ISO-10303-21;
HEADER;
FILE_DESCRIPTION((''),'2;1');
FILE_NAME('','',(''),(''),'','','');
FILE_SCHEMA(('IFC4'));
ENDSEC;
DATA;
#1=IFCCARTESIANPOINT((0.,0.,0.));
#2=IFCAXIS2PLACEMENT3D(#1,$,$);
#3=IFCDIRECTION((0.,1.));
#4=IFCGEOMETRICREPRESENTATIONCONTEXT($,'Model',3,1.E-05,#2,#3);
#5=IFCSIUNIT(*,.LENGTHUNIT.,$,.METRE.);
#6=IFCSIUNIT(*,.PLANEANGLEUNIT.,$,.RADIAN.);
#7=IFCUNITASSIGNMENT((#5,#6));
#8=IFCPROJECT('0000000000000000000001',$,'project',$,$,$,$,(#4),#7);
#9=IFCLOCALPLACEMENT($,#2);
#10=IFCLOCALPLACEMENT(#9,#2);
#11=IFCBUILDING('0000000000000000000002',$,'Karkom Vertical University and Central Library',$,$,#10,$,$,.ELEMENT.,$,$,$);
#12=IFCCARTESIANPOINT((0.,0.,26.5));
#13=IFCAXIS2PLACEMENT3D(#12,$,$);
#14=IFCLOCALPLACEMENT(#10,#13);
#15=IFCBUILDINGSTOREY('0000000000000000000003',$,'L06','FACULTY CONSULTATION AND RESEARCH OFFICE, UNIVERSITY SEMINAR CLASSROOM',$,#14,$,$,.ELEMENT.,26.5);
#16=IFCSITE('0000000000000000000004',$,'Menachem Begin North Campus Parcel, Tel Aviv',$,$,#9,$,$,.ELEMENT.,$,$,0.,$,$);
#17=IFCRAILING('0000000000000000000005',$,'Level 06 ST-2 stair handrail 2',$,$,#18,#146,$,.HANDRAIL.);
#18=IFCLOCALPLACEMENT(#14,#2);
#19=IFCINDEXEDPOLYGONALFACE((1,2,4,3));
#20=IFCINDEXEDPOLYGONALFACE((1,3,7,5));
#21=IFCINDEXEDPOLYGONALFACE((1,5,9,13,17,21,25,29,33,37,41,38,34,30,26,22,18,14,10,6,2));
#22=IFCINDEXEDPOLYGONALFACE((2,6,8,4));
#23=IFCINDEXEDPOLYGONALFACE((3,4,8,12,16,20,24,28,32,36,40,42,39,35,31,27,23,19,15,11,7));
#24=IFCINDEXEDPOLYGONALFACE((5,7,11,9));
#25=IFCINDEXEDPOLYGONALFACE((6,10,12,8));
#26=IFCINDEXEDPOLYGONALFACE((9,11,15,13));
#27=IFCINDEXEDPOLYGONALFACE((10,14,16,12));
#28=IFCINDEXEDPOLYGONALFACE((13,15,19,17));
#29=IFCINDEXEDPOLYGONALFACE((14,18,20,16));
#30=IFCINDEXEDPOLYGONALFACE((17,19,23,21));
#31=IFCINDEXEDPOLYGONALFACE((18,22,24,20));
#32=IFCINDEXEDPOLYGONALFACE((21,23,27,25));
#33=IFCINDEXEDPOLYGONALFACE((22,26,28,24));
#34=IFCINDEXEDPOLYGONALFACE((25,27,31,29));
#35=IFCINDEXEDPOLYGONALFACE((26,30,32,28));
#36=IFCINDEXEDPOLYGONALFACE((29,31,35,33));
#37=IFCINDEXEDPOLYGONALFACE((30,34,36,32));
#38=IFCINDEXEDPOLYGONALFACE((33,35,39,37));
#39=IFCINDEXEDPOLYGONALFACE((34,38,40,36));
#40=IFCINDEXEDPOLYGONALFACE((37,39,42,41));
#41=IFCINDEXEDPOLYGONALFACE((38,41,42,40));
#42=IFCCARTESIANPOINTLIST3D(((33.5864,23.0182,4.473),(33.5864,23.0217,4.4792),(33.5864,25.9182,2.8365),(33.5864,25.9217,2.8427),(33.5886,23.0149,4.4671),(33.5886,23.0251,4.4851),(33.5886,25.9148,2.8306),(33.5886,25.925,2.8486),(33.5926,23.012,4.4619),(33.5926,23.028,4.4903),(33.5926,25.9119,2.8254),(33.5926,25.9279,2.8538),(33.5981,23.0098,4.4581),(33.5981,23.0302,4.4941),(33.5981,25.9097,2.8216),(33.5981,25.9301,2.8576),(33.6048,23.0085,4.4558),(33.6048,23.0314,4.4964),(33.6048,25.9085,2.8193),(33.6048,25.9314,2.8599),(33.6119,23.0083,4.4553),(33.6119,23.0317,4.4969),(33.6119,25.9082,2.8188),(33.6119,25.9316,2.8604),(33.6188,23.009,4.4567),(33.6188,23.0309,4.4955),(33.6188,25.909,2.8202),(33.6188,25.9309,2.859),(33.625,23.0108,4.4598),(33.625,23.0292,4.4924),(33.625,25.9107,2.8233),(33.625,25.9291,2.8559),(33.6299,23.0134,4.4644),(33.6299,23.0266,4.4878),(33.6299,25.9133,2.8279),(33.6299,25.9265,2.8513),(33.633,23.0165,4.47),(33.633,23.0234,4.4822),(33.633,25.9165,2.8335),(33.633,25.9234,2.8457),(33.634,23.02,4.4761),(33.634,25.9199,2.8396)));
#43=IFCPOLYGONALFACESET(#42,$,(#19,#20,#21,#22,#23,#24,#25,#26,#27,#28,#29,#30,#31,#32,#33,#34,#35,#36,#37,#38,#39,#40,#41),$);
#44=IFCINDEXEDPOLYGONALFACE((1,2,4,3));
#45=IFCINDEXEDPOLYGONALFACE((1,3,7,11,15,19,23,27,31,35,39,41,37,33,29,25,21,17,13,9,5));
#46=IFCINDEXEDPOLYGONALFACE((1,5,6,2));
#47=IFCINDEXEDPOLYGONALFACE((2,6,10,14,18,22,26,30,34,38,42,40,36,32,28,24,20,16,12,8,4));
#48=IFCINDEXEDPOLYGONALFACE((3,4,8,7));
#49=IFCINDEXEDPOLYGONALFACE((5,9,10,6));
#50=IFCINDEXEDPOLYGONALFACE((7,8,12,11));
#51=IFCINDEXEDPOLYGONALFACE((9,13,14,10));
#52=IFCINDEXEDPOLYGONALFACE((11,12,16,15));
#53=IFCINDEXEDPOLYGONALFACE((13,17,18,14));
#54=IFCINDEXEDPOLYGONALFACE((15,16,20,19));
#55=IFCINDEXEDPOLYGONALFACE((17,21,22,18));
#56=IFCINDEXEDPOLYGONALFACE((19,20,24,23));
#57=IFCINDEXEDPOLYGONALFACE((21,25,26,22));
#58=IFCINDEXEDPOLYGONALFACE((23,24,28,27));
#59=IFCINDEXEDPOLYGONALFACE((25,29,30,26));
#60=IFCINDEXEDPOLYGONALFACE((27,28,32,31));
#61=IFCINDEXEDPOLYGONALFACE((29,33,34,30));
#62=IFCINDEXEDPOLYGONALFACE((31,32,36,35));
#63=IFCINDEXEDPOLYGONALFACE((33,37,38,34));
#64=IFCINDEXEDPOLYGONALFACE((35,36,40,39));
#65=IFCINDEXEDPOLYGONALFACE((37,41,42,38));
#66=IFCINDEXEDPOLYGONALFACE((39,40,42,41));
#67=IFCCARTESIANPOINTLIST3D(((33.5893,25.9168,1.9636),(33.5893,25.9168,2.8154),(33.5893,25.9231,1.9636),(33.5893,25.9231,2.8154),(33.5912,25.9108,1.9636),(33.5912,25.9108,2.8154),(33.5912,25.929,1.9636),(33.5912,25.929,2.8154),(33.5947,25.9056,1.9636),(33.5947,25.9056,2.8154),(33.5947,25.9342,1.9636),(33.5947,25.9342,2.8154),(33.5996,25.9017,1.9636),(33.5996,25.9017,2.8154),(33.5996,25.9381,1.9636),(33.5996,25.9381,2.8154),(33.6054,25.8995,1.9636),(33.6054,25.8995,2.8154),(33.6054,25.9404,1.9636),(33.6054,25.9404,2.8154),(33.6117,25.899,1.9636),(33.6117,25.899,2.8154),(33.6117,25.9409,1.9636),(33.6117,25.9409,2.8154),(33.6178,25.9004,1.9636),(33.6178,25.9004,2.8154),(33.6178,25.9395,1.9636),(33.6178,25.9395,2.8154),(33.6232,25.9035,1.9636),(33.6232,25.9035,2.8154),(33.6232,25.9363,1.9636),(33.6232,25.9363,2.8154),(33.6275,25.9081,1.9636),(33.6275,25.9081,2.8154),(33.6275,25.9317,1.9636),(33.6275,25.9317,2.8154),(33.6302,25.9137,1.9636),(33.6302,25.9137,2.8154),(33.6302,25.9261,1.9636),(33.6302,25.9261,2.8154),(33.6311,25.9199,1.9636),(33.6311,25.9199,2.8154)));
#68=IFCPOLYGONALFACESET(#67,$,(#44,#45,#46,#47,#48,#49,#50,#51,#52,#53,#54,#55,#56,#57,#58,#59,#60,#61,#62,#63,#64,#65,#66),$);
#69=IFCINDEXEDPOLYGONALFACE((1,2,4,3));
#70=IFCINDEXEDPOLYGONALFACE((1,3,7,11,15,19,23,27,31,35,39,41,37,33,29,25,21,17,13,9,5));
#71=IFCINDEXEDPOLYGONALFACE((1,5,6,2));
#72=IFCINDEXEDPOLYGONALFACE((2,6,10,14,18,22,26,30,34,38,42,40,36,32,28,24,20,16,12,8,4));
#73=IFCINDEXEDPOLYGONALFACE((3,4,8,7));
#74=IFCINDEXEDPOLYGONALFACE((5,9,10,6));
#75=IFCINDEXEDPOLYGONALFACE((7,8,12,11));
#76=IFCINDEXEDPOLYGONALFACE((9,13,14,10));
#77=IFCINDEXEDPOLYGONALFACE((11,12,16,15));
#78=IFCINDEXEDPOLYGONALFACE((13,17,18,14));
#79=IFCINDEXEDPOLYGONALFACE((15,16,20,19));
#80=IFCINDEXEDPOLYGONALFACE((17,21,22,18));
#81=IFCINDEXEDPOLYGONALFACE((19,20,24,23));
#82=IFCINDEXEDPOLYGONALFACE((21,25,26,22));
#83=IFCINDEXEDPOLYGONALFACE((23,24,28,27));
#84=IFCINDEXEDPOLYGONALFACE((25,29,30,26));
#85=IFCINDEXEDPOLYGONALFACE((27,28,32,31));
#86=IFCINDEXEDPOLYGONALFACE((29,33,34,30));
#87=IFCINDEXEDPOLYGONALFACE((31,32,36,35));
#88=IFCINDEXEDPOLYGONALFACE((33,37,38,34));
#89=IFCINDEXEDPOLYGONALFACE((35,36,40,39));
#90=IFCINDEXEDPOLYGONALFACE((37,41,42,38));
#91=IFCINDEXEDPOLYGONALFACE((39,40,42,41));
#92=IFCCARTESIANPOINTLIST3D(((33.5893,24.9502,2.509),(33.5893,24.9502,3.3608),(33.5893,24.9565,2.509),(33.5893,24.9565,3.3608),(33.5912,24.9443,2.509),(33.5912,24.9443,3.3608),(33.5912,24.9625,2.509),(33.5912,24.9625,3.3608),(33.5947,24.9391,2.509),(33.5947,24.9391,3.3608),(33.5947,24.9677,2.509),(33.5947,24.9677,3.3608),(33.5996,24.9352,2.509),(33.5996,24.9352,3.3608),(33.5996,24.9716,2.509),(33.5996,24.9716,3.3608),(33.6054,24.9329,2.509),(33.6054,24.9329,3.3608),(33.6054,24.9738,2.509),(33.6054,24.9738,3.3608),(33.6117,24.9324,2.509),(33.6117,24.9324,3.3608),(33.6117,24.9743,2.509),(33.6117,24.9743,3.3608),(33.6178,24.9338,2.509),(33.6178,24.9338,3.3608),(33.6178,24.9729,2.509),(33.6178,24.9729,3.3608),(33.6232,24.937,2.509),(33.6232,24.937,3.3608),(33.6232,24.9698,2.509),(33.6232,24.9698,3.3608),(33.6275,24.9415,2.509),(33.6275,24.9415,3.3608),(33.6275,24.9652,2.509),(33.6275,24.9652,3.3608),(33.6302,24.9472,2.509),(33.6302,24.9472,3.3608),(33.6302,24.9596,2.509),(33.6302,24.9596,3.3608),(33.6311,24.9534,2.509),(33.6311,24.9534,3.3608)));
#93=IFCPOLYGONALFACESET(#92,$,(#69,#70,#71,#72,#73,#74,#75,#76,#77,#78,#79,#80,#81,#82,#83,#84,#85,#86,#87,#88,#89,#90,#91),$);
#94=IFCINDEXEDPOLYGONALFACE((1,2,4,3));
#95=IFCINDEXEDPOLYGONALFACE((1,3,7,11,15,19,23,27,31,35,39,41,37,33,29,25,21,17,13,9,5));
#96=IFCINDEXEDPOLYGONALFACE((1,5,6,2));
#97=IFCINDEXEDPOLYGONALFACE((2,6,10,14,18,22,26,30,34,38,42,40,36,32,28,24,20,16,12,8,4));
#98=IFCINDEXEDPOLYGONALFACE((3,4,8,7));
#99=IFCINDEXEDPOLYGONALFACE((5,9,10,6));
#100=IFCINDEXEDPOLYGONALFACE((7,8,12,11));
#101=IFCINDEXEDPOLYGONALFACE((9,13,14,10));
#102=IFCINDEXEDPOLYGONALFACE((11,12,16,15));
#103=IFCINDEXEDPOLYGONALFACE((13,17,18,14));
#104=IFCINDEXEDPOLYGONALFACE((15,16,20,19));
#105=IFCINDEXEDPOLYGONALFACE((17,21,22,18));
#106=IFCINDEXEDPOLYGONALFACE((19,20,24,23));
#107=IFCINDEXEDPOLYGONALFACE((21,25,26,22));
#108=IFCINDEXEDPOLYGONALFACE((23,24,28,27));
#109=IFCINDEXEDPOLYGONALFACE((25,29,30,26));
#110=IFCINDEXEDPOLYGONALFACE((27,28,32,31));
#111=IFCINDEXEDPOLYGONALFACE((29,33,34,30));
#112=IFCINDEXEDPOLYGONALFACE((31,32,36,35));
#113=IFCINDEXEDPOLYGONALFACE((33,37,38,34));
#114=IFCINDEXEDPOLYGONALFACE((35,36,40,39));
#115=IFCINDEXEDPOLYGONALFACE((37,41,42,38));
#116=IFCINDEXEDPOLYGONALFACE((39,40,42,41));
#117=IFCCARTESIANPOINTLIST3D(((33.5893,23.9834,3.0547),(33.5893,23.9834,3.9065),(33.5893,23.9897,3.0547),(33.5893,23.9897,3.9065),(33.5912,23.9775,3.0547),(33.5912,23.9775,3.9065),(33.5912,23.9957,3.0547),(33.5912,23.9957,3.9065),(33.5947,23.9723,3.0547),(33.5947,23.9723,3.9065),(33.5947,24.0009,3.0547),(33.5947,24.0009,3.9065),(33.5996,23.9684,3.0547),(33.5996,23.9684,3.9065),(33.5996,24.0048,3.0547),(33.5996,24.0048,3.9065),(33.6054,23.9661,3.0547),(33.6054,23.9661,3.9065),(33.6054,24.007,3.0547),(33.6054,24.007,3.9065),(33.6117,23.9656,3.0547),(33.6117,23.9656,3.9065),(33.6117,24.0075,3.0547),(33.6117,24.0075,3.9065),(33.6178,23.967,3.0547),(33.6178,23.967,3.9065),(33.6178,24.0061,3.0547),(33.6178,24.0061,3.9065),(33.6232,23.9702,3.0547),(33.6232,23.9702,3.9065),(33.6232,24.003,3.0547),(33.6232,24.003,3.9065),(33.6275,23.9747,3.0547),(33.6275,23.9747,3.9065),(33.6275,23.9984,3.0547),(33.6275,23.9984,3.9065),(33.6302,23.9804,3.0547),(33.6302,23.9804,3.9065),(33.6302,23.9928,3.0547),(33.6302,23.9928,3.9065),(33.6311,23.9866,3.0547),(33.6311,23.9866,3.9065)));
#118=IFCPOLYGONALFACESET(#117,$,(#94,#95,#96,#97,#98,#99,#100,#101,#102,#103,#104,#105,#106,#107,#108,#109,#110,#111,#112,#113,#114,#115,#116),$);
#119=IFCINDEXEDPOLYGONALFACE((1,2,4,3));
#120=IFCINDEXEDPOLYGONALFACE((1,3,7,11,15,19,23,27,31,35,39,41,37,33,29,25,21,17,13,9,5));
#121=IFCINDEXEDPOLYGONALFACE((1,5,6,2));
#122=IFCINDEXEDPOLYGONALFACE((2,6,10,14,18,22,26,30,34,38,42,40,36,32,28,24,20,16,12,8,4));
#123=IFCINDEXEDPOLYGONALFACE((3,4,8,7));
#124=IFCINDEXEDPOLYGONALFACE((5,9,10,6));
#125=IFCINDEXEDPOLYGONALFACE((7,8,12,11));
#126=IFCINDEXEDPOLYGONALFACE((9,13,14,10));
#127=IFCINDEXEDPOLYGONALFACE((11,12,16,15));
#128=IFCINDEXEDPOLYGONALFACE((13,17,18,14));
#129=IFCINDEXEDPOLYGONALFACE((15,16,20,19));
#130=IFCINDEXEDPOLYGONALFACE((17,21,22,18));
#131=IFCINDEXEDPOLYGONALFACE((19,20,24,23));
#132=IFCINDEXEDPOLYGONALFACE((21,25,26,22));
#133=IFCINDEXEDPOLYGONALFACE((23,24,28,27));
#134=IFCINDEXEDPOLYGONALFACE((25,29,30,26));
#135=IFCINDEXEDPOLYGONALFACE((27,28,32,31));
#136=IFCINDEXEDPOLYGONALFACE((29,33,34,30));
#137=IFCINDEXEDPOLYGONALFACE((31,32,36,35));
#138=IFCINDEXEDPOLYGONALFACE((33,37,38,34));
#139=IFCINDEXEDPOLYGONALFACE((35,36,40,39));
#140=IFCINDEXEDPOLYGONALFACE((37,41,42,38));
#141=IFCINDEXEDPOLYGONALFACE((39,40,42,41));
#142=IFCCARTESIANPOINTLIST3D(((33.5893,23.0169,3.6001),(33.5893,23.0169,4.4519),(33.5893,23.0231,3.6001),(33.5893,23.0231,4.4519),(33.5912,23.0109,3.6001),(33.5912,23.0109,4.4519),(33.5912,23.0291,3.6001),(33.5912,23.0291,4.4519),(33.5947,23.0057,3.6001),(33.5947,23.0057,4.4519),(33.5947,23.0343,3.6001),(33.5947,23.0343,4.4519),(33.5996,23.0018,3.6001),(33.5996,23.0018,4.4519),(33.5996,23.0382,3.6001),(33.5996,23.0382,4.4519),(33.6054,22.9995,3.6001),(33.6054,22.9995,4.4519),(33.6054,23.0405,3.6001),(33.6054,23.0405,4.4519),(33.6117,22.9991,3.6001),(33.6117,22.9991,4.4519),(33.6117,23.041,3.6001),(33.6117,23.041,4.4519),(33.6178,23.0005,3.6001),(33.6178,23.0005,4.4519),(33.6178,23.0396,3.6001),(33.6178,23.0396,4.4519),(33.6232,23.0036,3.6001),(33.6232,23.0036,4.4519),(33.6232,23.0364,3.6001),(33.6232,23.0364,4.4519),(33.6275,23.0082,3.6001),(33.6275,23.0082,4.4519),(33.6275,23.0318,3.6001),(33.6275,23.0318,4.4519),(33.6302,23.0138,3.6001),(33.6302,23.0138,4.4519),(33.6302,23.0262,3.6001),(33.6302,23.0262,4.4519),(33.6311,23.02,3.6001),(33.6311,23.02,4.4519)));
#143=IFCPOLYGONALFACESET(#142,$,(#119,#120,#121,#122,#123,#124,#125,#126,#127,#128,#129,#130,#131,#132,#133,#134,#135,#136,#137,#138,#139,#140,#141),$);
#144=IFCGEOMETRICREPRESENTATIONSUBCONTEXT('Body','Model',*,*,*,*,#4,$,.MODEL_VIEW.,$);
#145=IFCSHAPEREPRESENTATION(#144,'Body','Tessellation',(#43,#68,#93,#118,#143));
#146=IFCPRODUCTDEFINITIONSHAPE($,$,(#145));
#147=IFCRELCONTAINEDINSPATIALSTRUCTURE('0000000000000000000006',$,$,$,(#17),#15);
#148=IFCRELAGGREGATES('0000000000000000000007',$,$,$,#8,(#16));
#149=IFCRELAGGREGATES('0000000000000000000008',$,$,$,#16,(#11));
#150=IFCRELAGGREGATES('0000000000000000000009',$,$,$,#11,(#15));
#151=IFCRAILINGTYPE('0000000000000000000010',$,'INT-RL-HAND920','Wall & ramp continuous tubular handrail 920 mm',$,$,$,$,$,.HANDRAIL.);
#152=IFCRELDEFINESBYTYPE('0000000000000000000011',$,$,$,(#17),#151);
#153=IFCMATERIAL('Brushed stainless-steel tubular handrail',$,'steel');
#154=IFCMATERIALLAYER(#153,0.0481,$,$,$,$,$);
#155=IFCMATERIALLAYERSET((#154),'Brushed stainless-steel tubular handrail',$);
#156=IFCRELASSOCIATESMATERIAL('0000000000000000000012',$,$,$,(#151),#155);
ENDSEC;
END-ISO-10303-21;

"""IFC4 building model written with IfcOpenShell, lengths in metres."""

from ifc_helpers import new_model, si_unit, direction, frame, origin, origin_2d, place, context, subcontext, project, spatial, circle, extrude, material, layer, layer_set, type_object, element, save


model = new_model("IFC4")

# Units and contexts
model_context = context("Model", 3, precision=1e-05, world=origin(), true_north=direction((0.0, 1.0)))
body_context = subcontext(model_context, "Body", "Model", "MODEL_VIEW")
ifc_project = project(units=[si_unit("LENGTHUNIT", "METRE"), si_unit("PLANEANGLEUNIT", "RADIAN")], contexts=[model_context])

# Site, building, storey
site_placement = place(None, origin())
site = spatial("IfcSite", under=ifc_project, at=site_placement, Name="Menachem Begin North Campus Parcel, Tel Aviv", CompositionType="ELEMENT", RefElevation=0.0)
building_placement = place(site_placement, origin())
building = spatial("IfcBuilding", under=site, at=building_placement, Name="Karkom Vertical University and Central Library", CompositionType="ELEMENT")
storey_placement = place(building_placement, frame((0.0, 0.0, 26.5)))
storey = spatial("IfcBuildingStorey", under=building, at=storey_placement, Name="L06", Description="FACULTY CONSULTATION AND RESEARCH OFFICE, UNIVERSITY SEMINAR CLASSROOM", CompositionType="ELEMENT", Elevation=26.5)

# Railing
ifc_material_1 = material(Name="Brushed stainless-steel tubular handrail", Category="steel")
ifc_layer_1 = layer(ifc_material_1, 0.0481)
ifc_layer_set_1 = layer_set([ifc_layer_1], Name="Brushed stainless-steel tubular handrail")
railing_type_1 = type_object("IfcRailingType", Name="INT-RL-HAND920", Description="Wall & ramp continuous tubular handrail 920 mm", PredefinedType="HANDRAIL", material=ifc_layer_set_1)
railing_1_placement = place(storey_placement, frame((33.6101, 25.9199, 1.9636)))
element("IfcRailing", 1, at=railing_1_placement, inside=storey, type_object=railing_type_1, Name="Level 06 ST-2 stair handrail 2", PredefinedType="HANDRAIL", context=body_context, shape_type="SweptSolid", body=[
    extrude(circle(Radius=0.0239, at=origin_2d()), frame((0.0, 0.0, 0.876), z_axis=(0.0, -0.870897, 0.491465), x_axis=(1.0, 0.0, 0.0)), (0.0, 0.0, 1.0), 3.3298),
    extrude(circle(Radius=0.021, at=origin_2d()), origin(), (0.0, 0.0, 1.0), 0.8518),
    extrude(circle(Radius=0.021, at=origin_2d()), frame((0.0, -0.9666, 0.5454)), (0.0, 0.0, 1.0), 0.8518),
    extrude(circle(Radius=0.021, at=origin_2d()), frame((0.0, -1.9333, 1.0911)), (0.0, 0.0, 1.0), 0.8518),
    extrude(circle(Radius=0.021, at=origin_2d()), frame((0.0, -2.8999, 1.6365)), (0.0, 0.0, 1.0), 0.8518),
])

save(model, "model.ifc")
